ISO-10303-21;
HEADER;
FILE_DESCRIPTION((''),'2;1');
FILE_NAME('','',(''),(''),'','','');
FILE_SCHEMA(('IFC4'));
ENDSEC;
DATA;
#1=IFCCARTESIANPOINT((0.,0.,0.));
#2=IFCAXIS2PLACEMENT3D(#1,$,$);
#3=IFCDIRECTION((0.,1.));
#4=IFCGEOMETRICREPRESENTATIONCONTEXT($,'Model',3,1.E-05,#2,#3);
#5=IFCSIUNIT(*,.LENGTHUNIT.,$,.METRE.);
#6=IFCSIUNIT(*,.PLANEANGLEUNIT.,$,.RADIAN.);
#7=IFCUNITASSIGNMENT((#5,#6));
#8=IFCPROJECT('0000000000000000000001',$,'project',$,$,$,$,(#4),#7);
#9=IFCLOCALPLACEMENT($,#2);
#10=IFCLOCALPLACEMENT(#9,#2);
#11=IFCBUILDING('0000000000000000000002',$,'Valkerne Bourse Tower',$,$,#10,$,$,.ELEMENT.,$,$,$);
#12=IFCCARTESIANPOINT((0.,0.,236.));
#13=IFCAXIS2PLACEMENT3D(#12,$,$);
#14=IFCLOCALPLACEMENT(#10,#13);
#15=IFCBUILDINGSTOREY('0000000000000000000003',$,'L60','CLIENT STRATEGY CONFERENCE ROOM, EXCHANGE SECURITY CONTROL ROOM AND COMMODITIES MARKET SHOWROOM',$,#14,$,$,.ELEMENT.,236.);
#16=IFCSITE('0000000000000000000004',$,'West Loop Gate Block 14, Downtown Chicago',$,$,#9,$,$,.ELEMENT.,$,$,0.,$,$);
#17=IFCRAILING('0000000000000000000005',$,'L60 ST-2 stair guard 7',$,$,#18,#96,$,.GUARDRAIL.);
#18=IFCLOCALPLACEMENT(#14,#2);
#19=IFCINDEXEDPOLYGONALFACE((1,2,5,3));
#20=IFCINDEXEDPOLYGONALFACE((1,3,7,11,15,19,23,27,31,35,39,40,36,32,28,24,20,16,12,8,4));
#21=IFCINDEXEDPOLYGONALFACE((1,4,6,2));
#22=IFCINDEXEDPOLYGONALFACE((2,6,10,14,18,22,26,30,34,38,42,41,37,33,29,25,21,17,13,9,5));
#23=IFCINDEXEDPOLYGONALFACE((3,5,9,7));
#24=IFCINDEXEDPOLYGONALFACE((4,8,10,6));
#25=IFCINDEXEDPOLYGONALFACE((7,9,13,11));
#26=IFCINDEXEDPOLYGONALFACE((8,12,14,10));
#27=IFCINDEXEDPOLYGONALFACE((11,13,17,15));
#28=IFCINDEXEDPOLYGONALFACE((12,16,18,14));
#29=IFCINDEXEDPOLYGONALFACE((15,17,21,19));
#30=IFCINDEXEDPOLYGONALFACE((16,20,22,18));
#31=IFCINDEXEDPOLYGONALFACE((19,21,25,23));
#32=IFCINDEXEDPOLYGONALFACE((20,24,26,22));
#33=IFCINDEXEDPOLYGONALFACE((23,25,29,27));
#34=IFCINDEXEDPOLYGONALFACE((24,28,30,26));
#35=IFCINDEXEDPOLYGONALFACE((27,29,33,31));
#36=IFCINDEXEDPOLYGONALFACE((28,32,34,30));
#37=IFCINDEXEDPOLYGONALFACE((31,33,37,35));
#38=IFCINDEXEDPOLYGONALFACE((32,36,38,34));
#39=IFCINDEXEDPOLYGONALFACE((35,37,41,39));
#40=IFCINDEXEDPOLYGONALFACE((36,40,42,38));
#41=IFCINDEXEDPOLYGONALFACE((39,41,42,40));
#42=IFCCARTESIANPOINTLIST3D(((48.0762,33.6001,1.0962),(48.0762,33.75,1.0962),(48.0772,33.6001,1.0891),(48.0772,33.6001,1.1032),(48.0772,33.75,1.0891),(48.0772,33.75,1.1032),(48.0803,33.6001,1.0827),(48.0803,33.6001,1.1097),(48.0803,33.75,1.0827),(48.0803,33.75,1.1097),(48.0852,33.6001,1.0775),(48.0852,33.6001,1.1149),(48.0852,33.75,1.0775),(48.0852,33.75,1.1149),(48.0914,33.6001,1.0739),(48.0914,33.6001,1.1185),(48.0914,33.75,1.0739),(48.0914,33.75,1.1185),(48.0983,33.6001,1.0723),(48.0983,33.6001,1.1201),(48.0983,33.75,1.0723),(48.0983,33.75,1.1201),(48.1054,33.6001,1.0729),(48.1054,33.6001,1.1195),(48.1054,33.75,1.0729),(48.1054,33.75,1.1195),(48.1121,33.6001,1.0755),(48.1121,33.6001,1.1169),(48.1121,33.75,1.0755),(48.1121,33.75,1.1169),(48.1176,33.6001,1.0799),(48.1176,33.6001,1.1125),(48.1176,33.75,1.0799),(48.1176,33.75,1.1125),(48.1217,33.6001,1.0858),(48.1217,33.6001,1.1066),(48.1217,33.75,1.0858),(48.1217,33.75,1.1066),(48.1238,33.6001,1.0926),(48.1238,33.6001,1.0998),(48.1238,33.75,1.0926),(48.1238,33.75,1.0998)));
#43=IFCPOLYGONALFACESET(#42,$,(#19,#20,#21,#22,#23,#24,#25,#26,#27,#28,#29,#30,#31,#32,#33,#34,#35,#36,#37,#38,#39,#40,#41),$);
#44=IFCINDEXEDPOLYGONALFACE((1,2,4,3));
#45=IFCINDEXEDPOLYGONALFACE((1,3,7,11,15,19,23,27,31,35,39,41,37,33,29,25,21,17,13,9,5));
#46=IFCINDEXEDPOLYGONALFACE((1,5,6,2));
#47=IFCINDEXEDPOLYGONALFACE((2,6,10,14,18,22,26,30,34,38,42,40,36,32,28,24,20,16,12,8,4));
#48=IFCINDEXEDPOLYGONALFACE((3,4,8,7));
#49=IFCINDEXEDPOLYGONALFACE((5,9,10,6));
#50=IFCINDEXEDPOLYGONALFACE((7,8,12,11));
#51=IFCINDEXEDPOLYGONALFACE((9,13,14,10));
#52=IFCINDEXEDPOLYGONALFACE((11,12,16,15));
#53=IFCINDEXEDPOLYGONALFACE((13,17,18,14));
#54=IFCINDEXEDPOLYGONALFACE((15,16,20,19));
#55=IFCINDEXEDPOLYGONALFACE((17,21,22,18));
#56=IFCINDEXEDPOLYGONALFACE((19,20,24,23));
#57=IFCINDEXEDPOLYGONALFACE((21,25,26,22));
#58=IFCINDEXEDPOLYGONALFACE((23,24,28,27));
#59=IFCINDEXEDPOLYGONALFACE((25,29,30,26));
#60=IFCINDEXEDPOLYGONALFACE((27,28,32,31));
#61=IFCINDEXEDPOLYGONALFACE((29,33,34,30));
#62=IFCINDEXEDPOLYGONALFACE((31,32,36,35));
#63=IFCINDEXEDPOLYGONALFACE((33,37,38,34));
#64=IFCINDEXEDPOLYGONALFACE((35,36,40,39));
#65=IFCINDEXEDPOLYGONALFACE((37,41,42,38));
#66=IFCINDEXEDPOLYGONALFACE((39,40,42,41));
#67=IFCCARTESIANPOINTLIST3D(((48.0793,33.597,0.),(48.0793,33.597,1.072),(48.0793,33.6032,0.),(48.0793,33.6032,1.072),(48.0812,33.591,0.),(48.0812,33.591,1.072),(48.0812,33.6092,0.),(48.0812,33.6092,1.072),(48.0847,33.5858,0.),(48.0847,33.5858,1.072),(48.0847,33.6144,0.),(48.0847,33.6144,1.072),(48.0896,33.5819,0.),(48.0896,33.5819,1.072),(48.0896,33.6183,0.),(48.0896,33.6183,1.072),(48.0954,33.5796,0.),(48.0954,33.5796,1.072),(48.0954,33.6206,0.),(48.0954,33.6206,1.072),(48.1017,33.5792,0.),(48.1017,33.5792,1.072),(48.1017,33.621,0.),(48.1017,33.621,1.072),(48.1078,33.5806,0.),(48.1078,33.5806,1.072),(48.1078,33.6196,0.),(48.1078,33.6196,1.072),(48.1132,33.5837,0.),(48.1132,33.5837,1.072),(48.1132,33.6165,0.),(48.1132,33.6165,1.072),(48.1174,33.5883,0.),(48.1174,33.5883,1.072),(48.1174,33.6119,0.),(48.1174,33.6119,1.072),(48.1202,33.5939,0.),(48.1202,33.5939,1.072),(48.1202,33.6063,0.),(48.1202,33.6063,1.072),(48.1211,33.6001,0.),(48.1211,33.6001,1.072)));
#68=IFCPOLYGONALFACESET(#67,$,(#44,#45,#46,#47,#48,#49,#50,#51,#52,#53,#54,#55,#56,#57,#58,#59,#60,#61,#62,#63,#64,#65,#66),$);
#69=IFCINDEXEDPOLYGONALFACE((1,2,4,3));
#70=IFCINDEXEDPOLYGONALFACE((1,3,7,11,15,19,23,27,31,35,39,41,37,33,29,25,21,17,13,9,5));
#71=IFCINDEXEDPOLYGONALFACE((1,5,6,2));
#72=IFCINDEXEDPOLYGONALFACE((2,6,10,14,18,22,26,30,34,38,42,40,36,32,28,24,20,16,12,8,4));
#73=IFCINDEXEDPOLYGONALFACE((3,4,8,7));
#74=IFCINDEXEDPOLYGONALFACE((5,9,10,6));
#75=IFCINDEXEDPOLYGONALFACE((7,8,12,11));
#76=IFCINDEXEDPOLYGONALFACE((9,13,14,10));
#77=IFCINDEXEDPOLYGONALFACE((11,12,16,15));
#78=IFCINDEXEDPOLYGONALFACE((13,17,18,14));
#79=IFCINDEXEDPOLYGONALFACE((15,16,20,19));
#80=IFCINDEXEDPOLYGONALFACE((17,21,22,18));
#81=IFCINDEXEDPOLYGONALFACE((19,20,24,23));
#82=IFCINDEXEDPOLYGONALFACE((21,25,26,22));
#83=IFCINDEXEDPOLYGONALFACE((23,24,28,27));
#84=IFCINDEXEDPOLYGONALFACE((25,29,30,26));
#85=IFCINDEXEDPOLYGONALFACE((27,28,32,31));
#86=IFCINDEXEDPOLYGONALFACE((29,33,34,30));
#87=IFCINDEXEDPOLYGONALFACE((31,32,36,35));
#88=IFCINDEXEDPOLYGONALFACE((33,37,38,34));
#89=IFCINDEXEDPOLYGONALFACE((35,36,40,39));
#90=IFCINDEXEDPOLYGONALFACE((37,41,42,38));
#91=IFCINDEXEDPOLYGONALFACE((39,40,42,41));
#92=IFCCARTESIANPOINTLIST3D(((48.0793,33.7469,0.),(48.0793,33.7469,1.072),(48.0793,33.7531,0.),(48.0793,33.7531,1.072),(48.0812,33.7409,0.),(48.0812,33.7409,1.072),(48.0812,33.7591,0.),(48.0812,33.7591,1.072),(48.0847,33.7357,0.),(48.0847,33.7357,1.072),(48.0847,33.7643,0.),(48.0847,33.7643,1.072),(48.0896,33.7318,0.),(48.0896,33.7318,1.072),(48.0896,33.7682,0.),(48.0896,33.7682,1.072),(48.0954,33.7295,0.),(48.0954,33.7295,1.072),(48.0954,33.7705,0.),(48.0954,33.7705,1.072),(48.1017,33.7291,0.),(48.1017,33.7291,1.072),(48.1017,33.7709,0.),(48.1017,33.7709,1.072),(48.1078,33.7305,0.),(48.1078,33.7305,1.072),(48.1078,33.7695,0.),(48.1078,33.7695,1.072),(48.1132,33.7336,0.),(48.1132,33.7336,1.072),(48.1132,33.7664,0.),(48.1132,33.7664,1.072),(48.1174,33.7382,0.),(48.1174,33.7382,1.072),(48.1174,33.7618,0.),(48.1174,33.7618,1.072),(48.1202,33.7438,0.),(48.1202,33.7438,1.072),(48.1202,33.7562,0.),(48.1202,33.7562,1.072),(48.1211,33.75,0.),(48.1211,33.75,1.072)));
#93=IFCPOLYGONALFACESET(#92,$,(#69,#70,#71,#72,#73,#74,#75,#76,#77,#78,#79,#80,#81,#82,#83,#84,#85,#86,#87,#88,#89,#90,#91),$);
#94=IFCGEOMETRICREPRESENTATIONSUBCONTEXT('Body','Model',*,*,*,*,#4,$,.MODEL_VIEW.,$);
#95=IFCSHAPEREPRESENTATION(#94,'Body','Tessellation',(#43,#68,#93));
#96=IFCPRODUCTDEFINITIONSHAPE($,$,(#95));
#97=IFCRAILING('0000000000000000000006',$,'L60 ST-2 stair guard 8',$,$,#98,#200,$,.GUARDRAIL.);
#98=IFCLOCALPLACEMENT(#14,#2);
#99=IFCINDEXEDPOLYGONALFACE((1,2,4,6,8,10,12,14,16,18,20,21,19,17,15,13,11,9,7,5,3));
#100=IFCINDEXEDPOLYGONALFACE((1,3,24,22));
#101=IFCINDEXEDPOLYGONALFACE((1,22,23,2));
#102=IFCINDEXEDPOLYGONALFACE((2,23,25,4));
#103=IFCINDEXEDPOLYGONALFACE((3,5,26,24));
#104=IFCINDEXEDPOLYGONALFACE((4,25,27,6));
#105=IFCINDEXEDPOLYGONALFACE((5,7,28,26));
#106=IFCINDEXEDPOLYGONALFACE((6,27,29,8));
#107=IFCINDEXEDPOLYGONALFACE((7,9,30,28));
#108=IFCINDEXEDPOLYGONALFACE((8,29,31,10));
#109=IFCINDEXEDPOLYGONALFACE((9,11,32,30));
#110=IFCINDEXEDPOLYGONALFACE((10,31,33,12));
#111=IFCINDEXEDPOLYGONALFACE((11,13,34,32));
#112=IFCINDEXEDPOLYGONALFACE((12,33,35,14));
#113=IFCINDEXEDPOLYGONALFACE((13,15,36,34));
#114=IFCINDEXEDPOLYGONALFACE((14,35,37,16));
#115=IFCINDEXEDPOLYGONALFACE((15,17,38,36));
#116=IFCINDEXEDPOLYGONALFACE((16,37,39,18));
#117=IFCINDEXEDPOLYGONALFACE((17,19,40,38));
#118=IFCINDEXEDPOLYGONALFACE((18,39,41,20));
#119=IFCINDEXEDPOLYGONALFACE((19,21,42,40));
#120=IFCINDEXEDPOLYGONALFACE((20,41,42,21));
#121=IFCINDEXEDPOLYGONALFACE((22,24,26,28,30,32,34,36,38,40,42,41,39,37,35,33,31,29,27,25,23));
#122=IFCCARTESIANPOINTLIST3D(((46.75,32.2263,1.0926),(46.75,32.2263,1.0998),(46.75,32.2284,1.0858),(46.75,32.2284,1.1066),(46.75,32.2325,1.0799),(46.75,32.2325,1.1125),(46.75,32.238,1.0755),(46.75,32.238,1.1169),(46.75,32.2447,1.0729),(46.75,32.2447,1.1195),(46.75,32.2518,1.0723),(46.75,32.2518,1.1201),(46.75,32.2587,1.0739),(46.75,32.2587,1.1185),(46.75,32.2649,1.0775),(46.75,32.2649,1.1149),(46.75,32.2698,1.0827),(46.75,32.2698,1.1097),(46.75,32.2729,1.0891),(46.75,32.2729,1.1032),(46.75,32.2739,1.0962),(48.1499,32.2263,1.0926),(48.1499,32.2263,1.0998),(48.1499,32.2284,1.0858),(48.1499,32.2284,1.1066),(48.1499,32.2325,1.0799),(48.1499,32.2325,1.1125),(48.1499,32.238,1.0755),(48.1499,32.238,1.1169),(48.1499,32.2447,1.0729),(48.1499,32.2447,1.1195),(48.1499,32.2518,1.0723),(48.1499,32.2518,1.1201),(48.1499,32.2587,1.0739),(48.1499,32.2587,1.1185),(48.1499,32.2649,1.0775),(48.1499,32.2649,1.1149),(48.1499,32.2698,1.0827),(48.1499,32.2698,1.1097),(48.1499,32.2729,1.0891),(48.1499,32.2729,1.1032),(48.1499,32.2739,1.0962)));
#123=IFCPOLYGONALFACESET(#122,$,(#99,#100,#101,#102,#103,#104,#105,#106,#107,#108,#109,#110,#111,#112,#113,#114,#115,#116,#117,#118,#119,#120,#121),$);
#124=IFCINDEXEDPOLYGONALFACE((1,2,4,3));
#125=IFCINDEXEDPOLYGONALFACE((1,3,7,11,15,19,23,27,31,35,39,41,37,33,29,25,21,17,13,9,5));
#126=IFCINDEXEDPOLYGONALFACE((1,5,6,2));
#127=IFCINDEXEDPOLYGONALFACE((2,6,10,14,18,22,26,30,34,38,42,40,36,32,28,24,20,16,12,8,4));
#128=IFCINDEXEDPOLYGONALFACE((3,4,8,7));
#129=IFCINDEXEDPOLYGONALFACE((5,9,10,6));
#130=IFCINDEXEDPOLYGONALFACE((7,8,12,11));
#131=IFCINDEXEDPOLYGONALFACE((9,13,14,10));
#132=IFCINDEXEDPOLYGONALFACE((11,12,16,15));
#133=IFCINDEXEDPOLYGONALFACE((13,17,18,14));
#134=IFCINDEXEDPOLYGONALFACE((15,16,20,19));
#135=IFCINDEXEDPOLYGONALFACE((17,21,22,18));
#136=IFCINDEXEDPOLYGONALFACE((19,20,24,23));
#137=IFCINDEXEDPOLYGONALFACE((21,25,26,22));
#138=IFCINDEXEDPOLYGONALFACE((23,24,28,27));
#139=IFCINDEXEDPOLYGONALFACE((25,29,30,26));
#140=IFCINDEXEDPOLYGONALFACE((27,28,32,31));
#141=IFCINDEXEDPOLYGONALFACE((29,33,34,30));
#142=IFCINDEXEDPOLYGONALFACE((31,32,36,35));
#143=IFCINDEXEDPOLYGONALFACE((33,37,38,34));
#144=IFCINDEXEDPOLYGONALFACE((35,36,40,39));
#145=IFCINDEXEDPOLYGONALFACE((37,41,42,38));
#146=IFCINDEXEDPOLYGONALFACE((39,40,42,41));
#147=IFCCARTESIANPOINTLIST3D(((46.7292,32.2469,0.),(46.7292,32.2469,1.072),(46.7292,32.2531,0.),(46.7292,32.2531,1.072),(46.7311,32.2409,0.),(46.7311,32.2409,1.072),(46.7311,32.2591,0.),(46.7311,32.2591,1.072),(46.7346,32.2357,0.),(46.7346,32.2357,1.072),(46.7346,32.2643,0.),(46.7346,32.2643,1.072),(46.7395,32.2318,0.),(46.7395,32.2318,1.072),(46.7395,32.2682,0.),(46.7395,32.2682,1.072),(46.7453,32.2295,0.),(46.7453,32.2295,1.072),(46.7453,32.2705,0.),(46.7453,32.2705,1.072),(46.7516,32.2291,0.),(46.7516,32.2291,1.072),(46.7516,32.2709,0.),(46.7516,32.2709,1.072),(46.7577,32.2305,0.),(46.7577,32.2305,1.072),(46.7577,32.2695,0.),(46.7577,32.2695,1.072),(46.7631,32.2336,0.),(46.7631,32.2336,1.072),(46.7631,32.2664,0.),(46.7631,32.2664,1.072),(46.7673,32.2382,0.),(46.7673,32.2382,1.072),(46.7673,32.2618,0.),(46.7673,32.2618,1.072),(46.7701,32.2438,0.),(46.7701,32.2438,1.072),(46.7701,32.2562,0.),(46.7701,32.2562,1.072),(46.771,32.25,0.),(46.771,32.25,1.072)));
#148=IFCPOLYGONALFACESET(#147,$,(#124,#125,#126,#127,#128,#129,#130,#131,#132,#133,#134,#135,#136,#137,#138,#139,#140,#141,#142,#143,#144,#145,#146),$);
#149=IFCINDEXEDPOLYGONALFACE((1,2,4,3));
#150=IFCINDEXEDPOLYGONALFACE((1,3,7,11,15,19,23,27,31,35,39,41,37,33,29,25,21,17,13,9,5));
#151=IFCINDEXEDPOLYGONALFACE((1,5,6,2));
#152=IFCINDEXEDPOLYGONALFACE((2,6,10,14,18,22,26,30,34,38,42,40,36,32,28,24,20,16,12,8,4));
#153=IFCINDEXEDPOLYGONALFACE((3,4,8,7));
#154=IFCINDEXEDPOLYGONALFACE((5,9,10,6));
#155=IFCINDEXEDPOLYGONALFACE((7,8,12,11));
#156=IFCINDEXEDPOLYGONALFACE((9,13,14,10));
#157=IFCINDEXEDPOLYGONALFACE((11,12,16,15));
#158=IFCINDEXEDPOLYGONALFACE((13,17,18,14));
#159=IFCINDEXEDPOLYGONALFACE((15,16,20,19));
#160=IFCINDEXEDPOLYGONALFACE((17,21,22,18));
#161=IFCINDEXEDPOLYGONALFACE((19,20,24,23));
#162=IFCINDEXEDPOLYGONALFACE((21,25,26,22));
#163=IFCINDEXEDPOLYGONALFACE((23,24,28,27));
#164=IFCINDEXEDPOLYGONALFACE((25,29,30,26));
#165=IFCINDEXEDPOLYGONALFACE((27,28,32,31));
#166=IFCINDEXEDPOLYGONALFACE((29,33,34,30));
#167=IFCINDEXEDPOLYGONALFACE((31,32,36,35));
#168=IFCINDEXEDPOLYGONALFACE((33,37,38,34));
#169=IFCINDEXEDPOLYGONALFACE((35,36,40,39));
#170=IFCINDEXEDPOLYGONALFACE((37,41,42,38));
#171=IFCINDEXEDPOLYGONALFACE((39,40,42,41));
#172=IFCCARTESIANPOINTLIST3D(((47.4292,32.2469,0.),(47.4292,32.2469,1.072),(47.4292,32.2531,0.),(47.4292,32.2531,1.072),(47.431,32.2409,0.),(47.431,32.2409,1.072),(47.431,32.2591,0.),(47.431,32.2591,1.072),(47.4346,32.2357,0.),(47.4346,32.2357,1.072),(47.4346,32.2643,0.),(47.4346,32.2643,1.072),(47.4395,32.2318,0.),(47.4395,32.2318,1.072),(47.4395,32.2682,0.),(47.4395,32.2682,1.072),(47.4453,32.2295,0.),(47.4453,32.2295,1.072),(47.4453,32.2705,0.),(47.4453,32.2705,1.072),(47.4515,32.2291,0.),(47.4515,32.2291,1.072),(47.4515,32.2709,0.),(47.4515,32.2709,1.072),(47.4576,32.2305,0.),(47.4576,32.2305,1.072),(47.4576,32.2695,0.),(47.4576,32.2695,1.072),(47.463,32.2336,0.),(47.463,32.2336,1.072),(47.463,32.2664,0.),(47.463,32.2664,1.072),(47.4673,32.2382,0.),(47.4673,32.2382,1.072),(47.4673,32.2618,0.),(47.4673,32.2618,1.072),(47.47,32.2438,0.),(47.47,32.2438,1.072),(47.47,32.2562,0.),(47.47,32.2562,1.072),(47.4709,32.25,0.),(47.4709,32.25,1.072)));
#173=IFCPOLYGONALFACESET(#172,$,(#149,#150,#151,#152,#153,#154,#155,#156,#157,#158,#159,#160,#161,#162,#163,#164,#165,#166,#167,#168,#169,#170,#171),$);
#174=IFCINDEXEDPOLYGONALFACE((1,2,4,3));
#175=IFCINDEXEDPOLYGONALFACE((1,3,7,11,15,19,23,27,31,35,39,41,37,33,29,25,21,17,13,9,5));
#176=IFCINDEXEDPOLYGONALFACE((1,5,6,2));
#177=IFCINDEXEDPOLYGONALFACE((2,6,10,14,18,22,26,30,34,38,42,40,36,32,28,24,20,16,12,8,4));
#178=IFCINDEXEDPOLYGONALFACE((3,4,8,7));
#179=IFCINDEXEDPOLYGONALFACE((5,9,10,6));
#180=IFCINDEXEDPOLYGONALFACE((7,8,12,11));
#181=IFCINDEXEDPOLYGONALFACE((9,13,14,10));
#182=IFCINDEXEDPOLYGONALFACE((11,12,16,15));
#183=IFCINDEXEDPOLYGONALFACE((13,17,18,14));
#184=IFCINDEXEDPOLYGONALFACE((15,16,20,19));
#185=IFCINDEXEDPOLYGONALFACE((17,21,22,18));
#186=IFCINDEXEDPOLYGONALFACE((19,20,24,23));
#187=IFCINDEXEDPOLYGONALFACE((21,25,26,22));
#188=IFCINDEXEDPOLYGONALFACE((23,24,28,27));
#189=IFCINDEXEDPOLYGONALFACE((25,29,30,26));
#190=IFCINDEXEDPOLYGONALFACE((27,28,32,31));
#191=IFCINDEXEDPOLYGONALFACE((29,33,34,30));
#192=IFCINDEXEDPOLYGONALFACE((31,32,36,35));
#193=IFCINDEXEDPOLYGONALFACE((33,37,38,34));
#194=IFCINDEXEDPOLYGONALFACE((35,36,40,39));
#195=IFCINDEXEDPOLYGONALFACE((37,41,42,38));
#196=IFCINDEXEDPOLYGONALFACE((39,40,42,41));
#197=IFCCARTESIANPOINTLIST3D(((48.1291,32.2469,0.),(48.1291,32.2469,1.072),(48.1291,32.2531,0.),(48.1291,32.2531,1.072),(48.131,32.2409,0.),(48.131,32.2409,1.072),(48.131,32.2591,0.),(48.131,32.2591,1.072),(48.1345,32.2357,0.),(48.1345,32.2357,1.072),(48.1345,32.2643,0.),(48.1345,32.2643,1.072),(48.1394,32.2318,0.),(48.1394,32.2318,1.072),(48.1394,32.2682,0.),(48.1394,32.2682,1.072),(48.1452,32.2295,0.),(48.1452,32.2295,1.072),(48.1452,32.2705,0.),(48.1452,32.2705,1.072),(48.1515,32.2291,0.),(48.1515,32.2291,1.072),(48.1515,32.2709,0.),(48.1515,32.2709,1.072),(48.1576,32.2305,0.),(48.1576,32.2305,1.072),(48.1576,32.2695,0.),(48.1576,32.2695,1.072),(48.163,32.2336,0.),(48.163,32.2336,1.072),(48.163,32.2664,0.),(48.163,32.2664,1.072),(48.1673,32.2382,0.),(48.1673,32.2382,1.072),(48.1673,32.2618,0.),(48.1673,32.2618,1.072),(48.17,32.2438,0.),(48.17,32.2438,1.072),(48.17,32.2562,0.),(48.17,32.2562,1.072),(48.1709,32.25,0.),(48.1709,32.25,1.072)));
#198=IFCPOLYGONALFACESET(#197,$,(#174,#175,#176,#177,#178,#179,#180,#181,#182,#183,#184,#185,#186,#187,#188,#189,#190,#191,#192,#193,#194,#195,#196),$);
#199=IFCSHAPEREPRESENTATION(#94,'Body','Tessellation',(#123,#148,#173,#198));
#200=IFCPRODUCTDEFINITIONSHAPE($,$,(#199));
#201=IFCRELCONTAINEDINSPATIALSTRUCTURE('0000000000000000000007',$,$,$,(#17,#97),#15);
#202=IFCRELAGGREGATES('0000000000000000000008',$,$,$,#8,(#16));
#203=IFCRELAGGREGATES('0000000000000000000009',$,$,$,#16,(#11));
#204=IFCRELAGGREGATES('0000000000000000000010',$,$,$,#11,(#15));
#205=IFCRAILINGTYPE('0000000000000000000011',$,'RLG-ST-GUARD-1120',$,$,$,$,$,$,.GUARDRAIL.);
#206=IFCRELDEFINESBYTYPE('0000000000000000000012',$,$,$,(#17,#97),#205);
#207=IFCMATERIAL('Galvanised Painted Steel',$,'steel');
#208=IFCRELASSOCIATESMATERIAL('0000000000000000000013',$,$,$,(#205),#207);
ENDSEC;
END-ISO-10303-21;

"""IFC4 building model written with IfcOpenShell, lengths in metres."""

from ifc_helpers import new_model, si_unit, direction, frame, origin, origin_2d, place, context, subcontext, project, spatial, circle, extrude, material, type_object, element, save


model = new_model("IFC4")

# Units and contexts
model_context = context("Model", 3, precision=1e-05, world=origin(), true_north=direction((0.0, 1.0)))
body_context = subcontext(model_context, "Body", "Model", "MODEL_VIEW")
ifc_project = project(units=[si_unit("LENGTHUNIT", "METRE"), si_unit("PLANEANGLEUNIT", "RADIAN")], contexts=[model_context])

# Site, building, storey
site_placement = place(None, origin())
site = spatial("IfcSite", under=ifc_project, at=site_placement, Name="West Loop Gate Block 14, Downtown Chicago", CompositionType="ELEMENT", RefElevation=0.0)
building_placement = place(site_placement, origin())
building = spatial("IfcBuilding", under=site, at=building_placement, Name="Valkerne Bourse Tower", CompositionType="ELEMENT")
storey_placement = place(building_placement, frame((0.0, 0.0, 236.0)))
storey = spatial("IfcBuildingStorey", under=building, at=storey_placement, Name="L60", Description="CLIENT STRATEGY CONFERENCE ROOM, EXCHANGE SECURITY CONTROL ROOM AND COMMODITIES MARKET SHOWROOM", CompositionType="ELEMENT", Elevation=236.0)

# Shared definitions
ifc_material_1 = material(Name="Galvanised Painted Steel", Category="steel")

# Railings
railing_type_1 = type_object("IfcRailingType", Name="RLG-ST-GUARD-1120", PredefinedType="GUARDRAIL", material=ifc_material_1)
railing_1_placement = place(storey_placement, frame((48.1001, 33.6001, 0.0)))
element("IfcRailing", 1, at=railing_1_placement, inside=storey, type_object=railing_type_1, Name="L60 ST-2 stair guard 7", PredefinedType="GUARDRAIL", context=body_context, shape_type="SweptSolid", body=[
    extrude(circle(Radius=0.0239, at=origin_2d()), frame((0.0, 0.0, 1.0962), z_axis=(0.0, 1.0, 0.0), x_axis=(-1.0, 0.0, 0.0)), (0.0, 0.0, 1.0), 0.1499),
    extrude(circle(Radius=0.021, at=origin_2d()), origin(), (0.0, 0.0, 1.0), 1.072),
    extrude(circle(Radius=0.021, at=origin_2d()), frame((0.0, 0.1499, 0.0)), (0.0, 0.0, 1.0), 1.072),
])
for number, where, name in (
    (2, (46.75, 32.25, 0.0), "L60 ST-2 stair guard 8"),
):
    element("IfcRailing", number, at=place(storey_placement, frame(where)), inside=storey, type_object=railing_type_1, Name=name, PredefinedType="GUARDRAIL", context=body_context, shape_type="SweptSolid", body=[
        extrude(circle(Radius=0.0239, at=origin_2d()), frame((0.0, 0.0, 1.0962), z_axis=(1.0, 0.0, 0.0), x_axis=(0.0, 1.0, 0.0)), (0.0, 0.0, 1.0), 1.3999),
        extrude(circle(Radius=0.021, at=origin_2d()), origin(), (0.0, 0.0, 1.0), 1.072),
        extrude(circle(Radius=0.021, at=origin_2d()), frame((0.7, 0.0, 0.0)), (0.0, 0.0, 1.0), 1.072),
        extrude(circle(Radius=0.021, at=origin_2d()), frame((1.3999, 0.0, 0.0)), (0.0, 0.0, 1.0), 1.072),
    ])

save(model, "model.ifc")
